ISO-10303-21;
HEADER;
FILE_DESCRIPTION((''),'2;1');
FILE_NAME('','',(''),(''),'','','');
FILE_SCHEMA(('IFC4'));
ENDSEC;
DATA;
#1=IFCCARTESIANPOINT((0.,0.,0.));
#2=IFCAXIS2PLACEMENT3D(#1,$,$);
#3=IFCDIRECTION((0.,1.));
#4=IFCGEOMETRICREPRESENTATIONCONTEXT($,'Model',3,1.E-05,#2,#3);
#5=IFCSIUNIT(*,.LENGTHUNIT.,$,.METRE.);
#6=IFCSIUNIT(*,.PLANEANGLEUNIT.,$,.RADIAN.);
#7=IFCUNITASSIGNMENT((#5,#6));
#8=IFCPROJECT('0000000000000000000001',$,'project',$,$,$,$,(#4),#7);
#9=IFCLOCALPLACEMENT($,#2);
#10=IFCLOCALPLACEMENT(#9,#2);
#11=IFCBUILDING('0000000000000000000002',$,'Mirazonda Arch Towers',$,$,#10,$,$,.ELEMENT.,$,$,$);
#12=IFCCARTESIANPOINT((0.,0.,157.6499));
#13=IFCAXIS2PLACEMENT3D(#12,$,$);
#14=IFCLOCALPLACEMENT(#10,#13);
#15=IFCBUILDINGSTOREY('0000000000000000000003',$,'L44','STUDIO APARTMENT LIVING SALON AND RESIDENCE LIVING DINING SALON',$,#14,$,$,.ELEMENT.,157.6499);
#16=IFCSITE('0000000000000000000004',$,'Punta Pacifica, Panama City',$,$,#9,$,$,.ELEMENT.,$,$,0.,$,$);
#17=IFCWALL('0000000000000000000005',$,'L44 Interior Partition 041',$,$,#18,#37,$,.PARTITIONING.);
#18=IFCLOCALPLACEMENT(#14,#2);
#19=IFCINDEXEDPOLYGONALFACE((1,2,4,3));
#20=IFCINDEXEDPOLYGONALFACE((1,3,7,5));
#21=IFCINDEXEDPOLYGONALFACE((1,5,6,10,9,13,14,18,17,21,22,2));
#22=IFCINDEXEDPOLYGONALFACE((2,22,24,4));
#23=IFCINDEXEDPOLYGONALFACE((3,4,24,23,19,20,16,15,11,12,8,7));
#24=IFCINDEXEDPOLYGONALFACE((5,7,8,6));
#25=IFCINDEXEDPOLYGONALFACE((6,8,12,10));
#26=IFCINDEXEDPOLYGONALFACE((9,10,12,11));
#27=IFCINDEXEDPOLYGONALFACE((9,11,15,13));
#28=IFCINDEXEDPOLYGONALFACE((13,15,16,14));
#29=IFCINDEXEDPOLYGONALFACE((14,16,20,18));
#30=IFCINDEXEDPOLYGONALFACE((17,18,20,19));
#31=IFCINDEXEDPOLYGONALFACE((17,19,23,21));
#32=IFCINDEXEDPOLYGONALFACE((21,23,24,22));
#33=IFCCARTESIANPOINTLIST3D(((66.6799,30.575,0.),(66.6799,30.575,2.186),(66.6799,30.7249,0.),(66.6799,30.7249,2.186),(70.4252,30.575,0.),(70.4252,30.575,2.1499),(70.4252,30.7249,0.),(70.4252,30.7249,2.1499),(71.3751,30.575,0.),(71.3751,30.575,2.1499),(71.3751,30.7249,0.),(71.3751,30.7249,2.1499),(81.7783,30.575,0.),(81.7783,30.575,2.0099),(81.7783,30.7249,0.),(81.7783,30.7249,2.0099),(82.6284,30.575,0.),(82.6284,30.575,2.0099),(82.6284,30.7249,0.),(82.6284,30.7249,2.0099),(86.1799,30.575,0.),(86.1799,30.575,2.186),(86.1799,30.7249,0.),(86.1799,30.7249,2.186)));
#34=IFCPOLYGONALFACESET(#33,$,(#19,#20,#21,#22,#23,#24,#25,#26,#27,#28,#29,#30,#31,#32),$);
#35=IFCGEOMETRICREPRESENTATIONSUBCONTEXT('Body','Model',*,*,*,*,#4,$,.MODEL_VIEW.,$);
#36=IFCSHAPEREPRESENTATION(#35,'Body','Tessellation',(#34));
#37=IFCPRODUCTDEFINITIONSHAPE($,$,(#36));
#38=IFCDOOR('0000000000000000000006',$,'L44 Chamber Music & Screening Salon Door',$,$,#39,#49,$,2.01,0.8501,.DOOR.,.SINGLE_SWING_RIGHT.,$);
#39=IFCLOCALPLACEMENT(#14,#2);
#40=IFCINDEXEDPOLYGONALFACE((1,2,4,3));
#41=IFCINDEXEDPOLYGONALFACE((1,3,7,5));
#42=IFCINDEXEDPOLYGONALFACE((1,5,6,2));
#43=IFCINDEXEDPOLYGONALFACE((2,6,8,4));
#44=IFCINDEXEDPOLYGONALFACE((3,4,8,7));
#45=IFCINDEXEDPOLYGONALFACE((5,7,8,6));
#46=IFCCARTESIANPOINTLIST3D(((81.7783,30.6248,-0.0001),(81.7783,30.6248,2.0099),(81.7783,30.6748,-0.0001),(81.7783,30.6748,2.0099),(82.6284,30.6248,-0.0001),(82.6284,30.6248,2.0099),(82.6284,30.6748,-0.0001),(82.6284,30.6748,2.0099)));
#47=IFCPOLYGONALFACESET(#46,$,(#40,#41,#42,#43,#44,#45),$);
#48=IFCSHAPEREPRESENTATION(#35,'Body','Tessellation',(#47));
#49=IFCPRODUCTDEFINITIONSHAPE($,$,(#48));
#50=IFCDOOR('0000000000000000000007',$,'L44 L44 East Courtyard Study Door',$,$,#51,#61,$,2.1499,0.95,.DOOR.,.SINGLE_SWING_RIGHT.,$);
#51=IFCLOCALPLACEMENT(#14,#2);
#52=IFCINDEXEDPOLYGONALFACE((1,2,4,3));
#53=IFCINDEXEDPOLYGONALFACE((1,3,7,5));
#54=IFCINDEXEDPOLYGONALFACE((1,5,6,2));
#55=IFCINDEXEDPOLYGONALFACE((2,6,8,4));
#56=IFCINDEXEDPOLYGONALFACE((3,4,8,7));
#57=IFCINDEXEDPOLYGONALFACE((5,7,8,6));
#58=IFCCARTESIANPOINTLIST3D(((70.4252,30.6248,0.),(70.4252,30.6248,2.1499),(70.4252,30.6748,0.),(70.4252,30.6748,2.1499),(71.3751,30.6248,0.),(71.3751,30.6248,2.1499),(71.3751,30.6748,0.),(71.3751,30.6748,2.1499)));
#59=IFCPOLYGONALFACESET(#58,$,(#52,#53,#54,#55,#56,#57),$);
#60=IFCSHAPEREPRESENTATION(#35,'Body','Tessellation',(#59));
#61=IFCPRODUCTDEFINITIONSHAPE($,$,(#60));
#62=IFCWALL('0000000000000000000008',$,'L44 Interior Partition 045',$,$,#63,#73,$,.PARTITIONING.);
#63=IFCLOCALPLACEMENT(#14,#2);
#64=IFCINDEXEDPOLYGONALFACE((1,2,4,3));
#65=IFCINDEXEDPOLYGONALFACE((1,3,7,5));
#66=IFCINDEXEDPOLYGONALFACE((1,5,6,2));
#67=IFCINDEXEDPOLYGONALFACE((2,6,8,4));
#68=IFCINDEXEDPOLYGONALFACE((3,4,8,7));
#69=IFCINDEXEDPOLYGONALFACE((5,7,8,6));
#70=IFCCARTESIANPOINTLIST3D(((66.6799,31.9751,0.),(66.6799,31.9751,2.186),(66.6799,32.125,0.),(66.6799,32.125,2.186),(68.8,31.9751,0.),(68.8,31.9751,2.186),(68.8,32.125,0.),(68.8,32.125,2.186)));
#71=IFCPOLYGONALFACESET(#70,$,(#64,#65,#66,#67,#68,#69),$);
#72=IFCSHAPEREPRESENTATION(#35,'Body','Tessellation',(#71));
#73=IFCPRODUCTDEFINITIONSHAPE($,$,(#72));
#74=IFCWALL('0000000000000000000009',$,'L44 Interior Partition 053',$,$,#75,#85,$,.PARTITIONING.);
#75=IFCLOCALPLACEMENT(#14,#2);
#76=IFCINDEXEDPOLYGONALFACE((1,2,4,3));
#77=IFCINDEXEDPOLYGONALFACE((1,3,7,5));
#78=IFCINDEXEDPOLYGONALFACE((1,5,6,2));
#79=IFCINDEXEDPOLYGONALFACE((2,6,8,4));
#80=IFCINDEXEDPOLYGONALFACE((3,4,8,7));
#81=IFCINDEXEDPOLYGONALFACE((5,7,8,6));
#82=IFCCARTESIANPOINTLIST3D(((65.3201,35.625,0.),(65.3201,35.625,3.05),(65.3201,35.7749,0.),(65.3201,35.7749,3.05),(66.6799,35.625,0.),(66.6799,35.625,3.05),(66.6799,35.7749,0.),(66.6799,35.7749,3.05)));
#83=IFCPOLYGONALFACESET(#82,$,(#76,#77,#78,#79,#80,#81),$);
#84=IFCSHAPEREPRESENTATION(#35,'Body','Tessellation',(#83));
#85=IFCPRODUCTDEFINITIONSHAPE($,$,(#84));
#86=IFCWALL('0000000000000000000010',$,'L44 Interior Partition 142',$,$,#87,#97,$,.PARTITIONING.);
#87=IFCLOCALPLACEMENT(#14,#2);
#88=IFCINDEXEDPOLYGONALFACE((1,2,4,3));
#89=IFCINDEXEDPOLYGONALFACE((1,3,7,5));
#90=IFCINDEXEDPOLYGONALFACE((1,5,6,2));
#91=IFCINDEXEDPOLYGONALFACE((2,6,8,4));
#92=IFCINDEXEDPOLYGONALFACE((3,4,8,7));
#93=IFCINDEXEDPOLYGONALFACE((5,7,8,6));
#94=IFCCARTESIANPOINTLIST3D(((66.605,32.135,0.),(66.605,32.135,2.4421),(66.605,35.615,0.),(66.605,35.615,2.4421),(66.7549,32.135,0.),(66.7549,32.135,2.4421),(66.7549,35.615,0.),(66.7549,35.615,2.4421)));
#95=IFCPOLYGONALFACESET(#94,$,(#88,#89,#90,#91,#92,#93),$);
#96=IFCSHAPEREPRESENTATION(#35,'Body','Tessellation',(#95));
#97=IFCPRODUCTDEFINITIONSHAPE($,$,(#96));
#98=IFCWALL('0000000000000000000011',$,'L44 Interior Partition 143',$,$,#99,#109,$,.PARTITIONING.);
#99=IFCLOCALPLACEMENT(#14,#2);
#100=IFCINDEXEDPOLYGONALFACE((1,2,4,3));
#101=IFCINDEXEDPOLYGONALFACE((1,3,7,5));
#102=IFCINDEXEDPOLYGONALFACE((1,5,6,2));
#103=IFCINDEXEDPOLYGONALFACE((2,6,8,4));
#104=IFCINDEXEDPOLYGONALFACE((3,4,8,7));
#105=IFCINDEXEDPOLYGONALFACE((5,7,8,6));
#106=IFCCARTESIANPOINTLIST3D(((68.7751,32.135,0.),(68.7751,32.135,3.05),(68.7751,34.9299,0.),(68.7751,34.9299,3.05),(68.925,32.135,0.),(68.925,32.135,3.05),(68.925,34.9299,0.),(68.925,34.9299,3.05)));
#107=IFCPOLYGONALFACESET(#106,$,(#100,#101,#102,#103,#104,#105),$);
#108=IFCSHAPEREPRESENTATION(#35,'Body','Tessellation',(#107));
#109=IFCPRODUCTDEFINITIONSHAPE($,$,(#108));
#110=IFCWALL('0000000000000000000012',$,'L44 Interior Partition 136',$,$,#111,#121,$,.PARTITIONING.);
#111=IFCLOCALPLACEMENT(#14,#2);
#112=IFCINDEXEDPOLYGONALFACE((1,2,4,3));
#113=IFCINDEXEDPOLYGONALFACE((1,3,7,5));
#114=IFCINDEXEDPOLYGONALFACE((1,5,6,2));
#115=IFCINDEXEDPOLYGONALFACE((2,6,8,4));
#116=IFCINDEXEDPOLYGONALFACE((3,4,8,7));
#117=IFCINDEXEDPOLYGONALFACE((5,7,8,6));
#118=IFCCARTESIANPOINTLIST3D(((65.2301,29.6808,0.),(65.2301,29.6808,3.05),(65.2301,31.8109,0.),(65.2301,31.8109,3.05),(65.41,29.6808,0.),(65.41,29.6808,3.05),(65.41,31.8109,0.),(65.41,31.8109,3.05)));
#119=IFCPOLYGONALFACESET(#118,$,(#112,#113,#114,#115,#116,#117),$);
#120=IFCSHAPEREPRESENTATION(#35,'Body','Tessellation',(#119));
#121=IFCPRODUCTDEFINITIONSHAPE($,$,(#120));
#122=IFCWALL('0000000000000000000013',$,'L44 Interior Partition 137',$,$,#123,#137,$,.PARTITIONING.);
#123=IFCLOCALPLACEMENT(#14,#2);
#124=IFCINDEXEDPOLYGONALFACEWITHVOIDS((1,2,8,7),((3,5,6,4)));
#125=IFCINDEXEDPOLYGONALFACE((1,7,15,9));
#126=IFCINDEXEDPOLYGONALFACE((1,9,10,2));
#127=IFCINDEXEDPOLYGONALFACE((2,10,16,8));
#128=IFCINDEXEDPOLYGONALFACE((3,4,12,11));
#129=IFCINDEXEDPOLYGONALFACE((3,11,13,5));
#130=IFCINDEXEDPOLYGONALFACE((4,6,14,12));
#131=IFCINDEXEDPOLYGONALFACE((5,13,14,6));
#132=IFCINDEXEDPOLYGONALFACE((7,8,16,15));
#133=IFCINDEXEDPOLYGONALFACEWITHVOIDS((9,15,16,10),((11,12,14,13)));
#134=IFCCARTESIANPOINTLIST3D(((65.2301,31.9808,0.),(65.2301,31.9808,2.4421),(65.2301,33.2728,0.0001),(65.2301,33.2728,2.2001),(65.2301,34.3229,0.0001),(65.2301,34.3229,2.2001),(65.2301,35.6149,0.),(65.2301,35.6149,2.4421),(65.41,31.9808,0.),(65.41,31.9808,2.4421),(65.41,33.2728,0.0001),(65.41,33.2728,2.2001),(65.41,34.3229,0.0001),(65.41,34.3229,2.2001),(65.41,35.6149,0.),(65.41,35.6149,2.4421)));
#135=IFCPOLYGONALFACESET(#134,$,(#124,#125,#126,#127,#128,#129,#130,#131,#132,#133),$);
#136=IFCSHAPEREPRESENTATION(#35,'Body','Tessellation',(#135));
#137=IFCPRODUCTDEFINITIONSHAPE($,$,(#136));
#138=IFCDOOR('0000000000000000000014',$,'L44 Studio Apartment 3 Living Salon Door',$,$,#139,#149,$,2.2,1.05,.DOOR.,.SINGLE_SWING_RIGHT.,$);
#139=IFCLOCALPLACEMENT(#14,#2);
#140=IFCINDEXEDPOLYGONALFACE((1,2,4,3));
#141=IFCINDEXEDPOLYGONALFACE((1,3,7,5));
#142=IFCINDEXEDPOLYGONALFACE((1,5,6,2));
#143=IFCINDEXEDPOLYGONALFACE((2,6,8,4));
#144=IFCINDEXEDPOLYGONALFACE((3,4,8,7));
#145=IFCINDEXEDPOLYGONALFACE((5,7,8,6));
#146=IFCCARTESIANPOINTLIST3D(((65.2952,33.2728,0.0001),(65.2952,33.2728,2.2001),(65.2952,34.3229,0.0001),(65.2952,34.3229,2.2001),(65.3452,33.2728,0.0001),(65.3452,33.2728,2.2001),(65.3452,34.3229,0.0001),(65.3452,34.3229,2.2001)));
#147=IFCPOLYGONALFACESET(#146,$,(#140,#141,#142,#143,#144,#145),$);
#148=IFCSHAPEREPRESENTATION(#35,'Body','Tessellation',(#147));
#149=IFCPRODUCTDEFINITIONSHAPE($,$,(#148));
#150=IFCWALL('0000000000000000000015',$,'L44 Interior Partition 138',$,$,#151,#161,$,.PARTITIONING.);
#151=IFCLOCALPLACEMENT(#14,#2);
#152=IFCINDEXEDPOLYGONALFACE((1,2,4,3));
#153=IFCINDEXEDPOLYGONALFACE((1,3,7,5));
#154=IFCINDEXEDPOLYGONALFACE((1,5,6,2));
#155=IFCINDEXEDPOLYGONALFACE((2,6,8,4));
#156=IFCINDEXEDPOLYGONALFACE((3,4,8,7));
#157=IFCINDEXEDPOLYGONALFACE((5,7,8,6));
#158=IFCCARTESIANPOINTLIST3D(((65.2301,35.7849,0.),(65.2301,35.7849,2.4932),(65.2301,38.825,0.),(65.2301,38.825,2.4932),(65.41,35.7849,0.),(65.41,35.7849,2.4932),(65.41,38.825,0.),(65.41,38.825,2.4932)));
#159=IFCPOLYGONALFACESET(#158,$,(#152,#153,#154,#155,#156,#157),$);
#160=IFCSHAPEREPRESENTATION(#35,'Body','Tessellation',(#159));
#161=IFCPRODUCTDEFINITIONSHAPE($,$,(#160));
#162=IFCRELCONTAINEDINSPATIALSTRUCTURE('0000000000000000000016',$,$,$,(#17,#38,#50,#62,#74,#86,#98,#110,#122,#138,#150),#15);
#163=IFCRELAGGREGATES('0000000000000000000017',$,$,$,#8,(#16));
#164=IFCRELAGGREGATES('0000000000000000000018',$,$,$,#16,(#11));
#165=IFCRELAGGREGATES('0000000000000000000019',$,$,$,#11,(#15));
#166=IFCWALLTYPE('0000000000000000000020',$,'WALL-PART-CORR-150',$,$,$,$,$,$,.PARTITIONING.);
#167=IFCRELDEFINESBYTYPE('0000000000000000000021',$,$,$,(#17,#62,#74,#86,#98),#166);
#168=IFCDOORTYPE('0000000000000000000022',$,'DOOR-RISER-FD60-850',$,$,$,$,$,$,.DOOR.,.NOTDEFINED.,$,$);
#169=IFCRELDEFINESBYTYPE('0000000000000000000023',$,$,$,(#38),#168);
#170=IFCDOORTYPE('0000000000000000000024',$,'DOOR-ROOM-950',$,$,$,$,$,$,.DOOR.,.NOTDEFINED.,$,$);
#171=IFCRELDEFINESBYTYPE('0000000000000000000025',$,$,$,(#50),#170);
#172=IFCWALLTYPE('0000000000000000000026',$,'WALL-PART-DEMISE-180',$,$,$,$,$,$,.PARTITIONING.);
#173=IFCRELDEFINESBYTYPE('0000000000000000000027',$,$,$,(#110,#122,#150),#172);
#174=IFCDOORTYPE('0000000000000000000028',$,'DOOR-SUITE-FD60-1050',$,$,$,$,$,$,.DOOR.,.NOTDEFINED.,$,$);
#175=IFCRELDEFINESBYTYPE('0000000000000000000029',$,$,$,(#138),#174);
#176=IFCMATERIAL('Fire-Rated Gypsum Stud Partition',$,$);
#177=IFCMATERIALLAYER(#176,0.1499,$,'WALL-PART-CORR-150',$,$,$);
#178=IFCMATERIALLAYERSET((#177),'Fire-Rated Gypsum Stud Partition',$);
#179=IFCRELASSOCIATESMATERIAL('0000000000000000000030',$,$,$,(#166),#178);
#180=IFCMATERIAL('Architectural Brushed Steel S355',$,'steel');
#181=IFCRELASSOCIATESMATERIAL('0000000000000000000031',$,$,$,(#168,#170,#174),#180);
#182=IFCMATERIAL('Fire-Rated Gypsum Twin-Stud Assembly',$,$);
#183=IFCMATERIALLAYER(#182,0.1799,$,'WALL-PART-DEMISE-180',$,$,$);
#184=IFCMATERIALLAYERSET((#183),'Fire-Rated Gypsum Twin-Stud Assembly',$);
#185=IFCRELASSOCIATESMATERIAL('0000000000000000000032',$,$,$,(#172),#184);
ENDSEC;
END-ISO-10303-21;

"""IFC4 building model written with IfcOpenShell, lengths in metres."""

from ifc_helpers import new_model, si_unit, direction, frame, frame_2d, origin, place, context, subcontext, project, spatial, rectangle, extrude, material, layer, layer_set, type_object, element, fill, save


model = new_model("IFC4")

# Units and contexts
model_context = context("Model", 3, precision=1e-05, world=origin(), true_north=direction((0.0, 1.0)))
body_context = subcontext(model_context, "Body", "Model", "MODEL_VIEW")
ifc_project = project(units=[si_unit("LENGTHUNIT", "METRE"), si_unit("PLANEANGLEUNIT", "RADIAN")], contexts=[model_context])

# Site, building, storey
site_placement = place(None, origin())
site = spatial("IfcSite", under=ifc_project, at=site_placement, Name="Punta Pacifica, Panama City", CompositionType="ELEMENT", RefElevation=0.0)
building_placement = place(site_placement, origin())
building = spatial("IfcBuilding", under=site, at=building_placement, Name="Mirazonda Arch Towers", CompositionType="ELEMENT")
storey_placement = place(building_placement, frame((0.0, 0.0, 157.6499)))
storey = spatial("IfcBuildingStorey", under=building, at=storey_placement, Name="L44", Description="STUDIO APARTMENT LIVING SALON AND RESIDENCE LIVING DINING SALON", CompositionType="ELEMENT", Elevation=157.6499)

# Wall, openings, doors
ifc_material_1 = material(Name="Architectural Brushed Steel S355", Category="steel")
ifc_material_2 = material(Name="Fire-Rated Gypsum Stud Partition")
ifc_layer_1 = layer(ifc_material_2, 0.1499, Name="WALL-PART-CORR-150")
ifc_layer_set_1 = layer_set([ifc_layer_1], Name="Fire-Rated Gypsum Stud Partition")
wall_type_1 = type_object("IfcWallType", Name="WALL-PART-CORR-150", PredefinedType="PARTITIONING", material=ifc_layer_set_1)
wall_1_placement = place(storey_placement, frame((66.6799, 30.6499, 0.0), z_axis=(0.0, 0.0, 1.0), x_axis=(1.0, 0.0, 0.0)))
wall_1 = element("IfcWall", 1, at=wall_1_placement, inside=storey, type_object=wall_type_1, Name="L44 Interior Partition 041", PredefinedType="PARTITIONING", context=body_context, shape_type="SweptSolid", body=[
    extrude(rectangle(XDim=19.5, YDim=0.1499, at=frame_2d((9.75, 0.0))), origin(), (0.0, 0.0, 1.0), 2.186),
])
opening_1_placement = place(wall_1_placement, frame((3.7451, 0.0, 0.0)))
opening_1 = element("IfcOpeningElement", 2, at=opening_1_placement, cuts=wall_1, PredefinedType="OPENING", context=body_context, shape_type="SweptSolid", body=[
    extrude(rectangle(XDim=0.95, YDim=2.1499, at=frame_2d((0.4751, 1.075))), frame((0.0, 0.085, 0.0), z_axis=(0.0, -1.0, 0.0), x_axis=(1.0, 0.0, 0.0)), (0.0, 0.0, 1.0), 0.1699),
])
opening_2_placement = place(wall_1_placement, frame((15.0984, 0.0, 0.0)))
opening_2 = element("IfcOpeningElement", 3, at=opening_2_placement, cuts=wall_1, PredefinedType="OPENING", context=body_context, shape_type="SweptSolid", body=[
    extrude(rectangle(XDim=0.8501, YDim=2.01, at=frame_2d((0.425, 1.0049))), frame((0.0, 0.085, 0.0), z_axis=(0.0, -1.0, 0.0), x_axis=(1.0, 0.0, 0.0)), (0.0, 0.0, 1.0), 0.1699),
])
door_type_1 = type_object("IfcDoorType", Name="DOOR-RISER-FD60-850", OperationType="NOTDEFINED", PredefinedType="DOOR", material=ifc_material_1)
door_1_placement = place(opening_2_placement, origin())
door_1 = element("IfcDoor", 4, at=door_1_placement, inside=storey, type_object=door_type_1, Name="L44 Chamber Music & Screening Salon Door", OperationType="SINGLE_SWING_RIGHT", OverallHeight=2.01, OverallWidth=0.8501, PredefinedType="DOOR", context=body_context, shape_type="SweptSolid", body=[
    extrude(rectangle(XDim=0.8501, YDim=2.01, at=frame_2d((0.425, 1.0049))), frame((0.0, 0.0249, 0.0), z_axis=(0.0, -1.0, 0.0), x_axis=(1.0, 0.0, 0.0)), (0.0, 0.0, 1.0), 0.05),
])
fill(opening_2, door_1)
door_type_2 = type_object("IfcDoorType", Name="DOOR-ROOM-950", OperationType="NOTDEFINED", PredefinedType="DOOR", material=ifc_material_1)
door_2_placement = place(opening_1_placement, origin())
door_2 = element("IfcDoor", 5, at=door_2_placement, inside=storey, type_object=door_type_2, Name="L44 L44 East Courtyard Study Door", OperationType="SINGLE_SWING_RIGHT", OverallHeight=2.1499, OverallWidth=0.95, PredefinedType="DOOR", context=body_context, shape_type="SweptSolid", body=[
    extrude(rectangle(XDim=0.95, YDim=2.1499, at=frame_2d((0.4751, 1.075))), frame((0.0, 0.0249, 0.0), z_axis=(0.0, -1.0, 0.0), x_axis=(1.0, 0.0, 0.0)), (0.0, 0.0, 1.0), 0.05),
])
fill(opening_1, door_2)

# Walls
wall_2_placement = place(storey_placement, frame((66.6799, 32.05, 0.0), z_axis=(0.0, 0.0, 1.0), x_axis=(1.0, 0.0, 0.0)))
element("IfcWall", 6, at=wall_2_placement, inside=storey, type_object=wall_type_1, Name="L44 Interior Partition 045", PredefinedType="PARTITIONING", context=body_context, shape_type="SweptSolid", body=[
    extrude(rectangle(XDim=2.1201, YDim=0.1499, at=frame_2d((1.0601, 0.0))), origin(), (0.0, 0.0, 1.0), 2.186),
])
wall_3_placement = place(storey_placement, frame((65.3201, 35.7, 0.0), z_axis=(0.0, 0.0, 1.0), x_axis=(1.0, 0.0, 0.0)))
element("IfcWall", 7, at=wall_3_placement, inside=storey, type_object=wall_type_1, Name="L44 Interior Partition 053", PredefinedType="PARTITIONING", context=body_context, shape_type="SweptSolid", body=[
    extrude(rectangle(XDim=1.3599, YDim=0.1499, at=frame_2d((0.6799, 0.0))), origin(), (0.0, 0.0, 1.0), 3.05),
])
wall_4_placement = place(storey_placement, frame((66.6799, 32.135, 0.0), z_axis=(0.0, 0.0, 1.0), x_axis=(0.0, 1.0, 0.0)))
element("IfcWall", 8, at=wall_4_placement, inside=storey, type_object=wall_type_1, Name="L44 Interior Partition 142", PredefinedType="PARTITIONING", context=body_context, shape_type="SweptSolid", body=[
    extrude(rectangle(XDim=3.48, YDim=0.1499, at=frame_2d((1.74, 0.0))), origin(), (0.0, 0.0, 1.0), 2.4421),
])
wall_5_placement = place(storey_placement, frame((68.8501, 32.135, 0.0), z_axis=(0.0, 0.0, 1.0), x_axis=(0.0, 1.0, 0.0)))
element("IfcWall", 9, at=wall_5_placement, inside=storey, type_object=wall_type_1, Name="L44 Interior Partition 143", PredefinedType="PARTITIONING", context=body_context, shape_type="SweptSolid", body=[
    extrude(rectangle(XDim=2.7949, YDim=0.1499, at=frame_2d((1.3975, 0.0))), origin(), (0.0, 0.0, 1.0), 3.05),
])
ifc_material_3 = material(Name="Fire-Rated Gypsum Twin-Stud Assembly")
ifc_layer_2 = layer(ifc_material_3, 0.1799, Name="WALL-PART-DEMISE-180")
ifc_layer_set_2 = layer_set([ifc_layer_2], Name="Fire-Rated Gypsum Twin-Stud Assembly")
wall_type_2 = type_object("IfcWallType", Name="WALL-PART-DEMISE-180", PredefinedType="PARTITIONING", material=ifc_layer_set_2)
wall_6_placement = place(storey_placement, frame((65.3201, 29.6809, 0.0), z_axis=(0.0, 0.0, 1.0), x_axis=(0.0, 1.0, 0.0)))
element("IfcWall", 10, at=wall_6_placement, inside=storey, type_object=wall_type_2, Name="L44 Interior Partition 136", PredefinedType="PARTITIONING", context=body_context, shape_type="SweptSolid", body=[
    extrude(rectangle(XDim=2.1301, YDim=0.1799, at=frame_2d((1.0649, 0.0))), origin(), (0.0, 0.0, 1.0), 3.05),
])

# Wall, opening, door
wall_7_placement = place(storey_placement, frame((65.3201, 31.981, 0.0), z_axis=(0.0, 0.0, 1.0), x_axis=(0.0, 1.0, 0.0)))
wall_7 = element("IfcWall", 11, at=wall_7_placement, inside=storey, type_object=wall_type_2, Name="L44 Interior Partition 137", PredefinedType="PARTITIONING", context=body_context, shape_type="SweptSolid", body=[
    extrude(rectangle(XDim=3.634, YDim=0.1799, at=frame_2d((1.8169, 0.0))), origin(), (0.0, 0.0, 1.0), 2.4421),
])
opening_3_placement = place(wall_7_placement, frame((1.292, 0.0, 0.0)))
opening_3 = element("IfcOpeningElement", 12, at=opening_3_placement, cuts=wall_7, PredefinedType="OPENING", context=body_context, shape_type="SweptSolid", body=[
    extrude(rectangle(XDim=1.05, YDim=2.2, at=frame_2d((0.5249, 1.1001))), frame((0.0, 0.0999, 0.0), z_axis=(0.0, -1.0, 0.0), x_axis=(1.0, 0.0, 0.0)), (0.0, 0.0, 1.0), 0.2),
])
door_type_3 = type_object("IfcDoorType", Name="DOOR-SUITE-FD60-1050", OperationType="NOTDEFINED", PredefinedType="DOOR", material=ifc_material_1)
door_3_placement = place(opening_3_placement, origin())
door_3 = element("IfcDoor", 13, at=door_3_placement, inside=storey, type_object=door_type_3, Name="L44 Studio Apartment 3 Living Salon Door", OperationType="SINGLE_SWING_RIGHT", OverallHeight=2.2, OverallWidth=1.05, PredefinedType="DOOR", context=body_context, shape_type="SweptSolid", body=[
    extrude(rectangle(XDim=1.05, YDim=2.2, at=frame_2d((0.5249, 1.1001))), frame((0.0, 0.0249, 0.0), z_axis=(0.0, -1.0, 0.0), x_axis=(1.0, 0.0, 0.0)), (0.0, 0.0, 1.0), 0.05),
])
fill(opening_3, door_3)

# Wall
wall_8_placement = place(storey_placement, frame((65.3201, 35.7849, 0.0), z_axis=(0.0, 0.0, 1.0), x_axis=(0.0, 1.0, 0.0)))
element("IfcWall", 14, at=wall_8_placement, inside=storey, type_object=wall_type_2, Name="L44 Interior Partition 138", PredefinedType="PARTITIONING", context=body_context, shape_type="SweptSolid", body=[
    extrude(rectangle(XDim=3.04, YDim=0.1799, at=frame_2d((1.52, 0.0))), origin(), (0.0, 0.0, 1.0), 2.4932),
])

save(model, "model.ifc")
